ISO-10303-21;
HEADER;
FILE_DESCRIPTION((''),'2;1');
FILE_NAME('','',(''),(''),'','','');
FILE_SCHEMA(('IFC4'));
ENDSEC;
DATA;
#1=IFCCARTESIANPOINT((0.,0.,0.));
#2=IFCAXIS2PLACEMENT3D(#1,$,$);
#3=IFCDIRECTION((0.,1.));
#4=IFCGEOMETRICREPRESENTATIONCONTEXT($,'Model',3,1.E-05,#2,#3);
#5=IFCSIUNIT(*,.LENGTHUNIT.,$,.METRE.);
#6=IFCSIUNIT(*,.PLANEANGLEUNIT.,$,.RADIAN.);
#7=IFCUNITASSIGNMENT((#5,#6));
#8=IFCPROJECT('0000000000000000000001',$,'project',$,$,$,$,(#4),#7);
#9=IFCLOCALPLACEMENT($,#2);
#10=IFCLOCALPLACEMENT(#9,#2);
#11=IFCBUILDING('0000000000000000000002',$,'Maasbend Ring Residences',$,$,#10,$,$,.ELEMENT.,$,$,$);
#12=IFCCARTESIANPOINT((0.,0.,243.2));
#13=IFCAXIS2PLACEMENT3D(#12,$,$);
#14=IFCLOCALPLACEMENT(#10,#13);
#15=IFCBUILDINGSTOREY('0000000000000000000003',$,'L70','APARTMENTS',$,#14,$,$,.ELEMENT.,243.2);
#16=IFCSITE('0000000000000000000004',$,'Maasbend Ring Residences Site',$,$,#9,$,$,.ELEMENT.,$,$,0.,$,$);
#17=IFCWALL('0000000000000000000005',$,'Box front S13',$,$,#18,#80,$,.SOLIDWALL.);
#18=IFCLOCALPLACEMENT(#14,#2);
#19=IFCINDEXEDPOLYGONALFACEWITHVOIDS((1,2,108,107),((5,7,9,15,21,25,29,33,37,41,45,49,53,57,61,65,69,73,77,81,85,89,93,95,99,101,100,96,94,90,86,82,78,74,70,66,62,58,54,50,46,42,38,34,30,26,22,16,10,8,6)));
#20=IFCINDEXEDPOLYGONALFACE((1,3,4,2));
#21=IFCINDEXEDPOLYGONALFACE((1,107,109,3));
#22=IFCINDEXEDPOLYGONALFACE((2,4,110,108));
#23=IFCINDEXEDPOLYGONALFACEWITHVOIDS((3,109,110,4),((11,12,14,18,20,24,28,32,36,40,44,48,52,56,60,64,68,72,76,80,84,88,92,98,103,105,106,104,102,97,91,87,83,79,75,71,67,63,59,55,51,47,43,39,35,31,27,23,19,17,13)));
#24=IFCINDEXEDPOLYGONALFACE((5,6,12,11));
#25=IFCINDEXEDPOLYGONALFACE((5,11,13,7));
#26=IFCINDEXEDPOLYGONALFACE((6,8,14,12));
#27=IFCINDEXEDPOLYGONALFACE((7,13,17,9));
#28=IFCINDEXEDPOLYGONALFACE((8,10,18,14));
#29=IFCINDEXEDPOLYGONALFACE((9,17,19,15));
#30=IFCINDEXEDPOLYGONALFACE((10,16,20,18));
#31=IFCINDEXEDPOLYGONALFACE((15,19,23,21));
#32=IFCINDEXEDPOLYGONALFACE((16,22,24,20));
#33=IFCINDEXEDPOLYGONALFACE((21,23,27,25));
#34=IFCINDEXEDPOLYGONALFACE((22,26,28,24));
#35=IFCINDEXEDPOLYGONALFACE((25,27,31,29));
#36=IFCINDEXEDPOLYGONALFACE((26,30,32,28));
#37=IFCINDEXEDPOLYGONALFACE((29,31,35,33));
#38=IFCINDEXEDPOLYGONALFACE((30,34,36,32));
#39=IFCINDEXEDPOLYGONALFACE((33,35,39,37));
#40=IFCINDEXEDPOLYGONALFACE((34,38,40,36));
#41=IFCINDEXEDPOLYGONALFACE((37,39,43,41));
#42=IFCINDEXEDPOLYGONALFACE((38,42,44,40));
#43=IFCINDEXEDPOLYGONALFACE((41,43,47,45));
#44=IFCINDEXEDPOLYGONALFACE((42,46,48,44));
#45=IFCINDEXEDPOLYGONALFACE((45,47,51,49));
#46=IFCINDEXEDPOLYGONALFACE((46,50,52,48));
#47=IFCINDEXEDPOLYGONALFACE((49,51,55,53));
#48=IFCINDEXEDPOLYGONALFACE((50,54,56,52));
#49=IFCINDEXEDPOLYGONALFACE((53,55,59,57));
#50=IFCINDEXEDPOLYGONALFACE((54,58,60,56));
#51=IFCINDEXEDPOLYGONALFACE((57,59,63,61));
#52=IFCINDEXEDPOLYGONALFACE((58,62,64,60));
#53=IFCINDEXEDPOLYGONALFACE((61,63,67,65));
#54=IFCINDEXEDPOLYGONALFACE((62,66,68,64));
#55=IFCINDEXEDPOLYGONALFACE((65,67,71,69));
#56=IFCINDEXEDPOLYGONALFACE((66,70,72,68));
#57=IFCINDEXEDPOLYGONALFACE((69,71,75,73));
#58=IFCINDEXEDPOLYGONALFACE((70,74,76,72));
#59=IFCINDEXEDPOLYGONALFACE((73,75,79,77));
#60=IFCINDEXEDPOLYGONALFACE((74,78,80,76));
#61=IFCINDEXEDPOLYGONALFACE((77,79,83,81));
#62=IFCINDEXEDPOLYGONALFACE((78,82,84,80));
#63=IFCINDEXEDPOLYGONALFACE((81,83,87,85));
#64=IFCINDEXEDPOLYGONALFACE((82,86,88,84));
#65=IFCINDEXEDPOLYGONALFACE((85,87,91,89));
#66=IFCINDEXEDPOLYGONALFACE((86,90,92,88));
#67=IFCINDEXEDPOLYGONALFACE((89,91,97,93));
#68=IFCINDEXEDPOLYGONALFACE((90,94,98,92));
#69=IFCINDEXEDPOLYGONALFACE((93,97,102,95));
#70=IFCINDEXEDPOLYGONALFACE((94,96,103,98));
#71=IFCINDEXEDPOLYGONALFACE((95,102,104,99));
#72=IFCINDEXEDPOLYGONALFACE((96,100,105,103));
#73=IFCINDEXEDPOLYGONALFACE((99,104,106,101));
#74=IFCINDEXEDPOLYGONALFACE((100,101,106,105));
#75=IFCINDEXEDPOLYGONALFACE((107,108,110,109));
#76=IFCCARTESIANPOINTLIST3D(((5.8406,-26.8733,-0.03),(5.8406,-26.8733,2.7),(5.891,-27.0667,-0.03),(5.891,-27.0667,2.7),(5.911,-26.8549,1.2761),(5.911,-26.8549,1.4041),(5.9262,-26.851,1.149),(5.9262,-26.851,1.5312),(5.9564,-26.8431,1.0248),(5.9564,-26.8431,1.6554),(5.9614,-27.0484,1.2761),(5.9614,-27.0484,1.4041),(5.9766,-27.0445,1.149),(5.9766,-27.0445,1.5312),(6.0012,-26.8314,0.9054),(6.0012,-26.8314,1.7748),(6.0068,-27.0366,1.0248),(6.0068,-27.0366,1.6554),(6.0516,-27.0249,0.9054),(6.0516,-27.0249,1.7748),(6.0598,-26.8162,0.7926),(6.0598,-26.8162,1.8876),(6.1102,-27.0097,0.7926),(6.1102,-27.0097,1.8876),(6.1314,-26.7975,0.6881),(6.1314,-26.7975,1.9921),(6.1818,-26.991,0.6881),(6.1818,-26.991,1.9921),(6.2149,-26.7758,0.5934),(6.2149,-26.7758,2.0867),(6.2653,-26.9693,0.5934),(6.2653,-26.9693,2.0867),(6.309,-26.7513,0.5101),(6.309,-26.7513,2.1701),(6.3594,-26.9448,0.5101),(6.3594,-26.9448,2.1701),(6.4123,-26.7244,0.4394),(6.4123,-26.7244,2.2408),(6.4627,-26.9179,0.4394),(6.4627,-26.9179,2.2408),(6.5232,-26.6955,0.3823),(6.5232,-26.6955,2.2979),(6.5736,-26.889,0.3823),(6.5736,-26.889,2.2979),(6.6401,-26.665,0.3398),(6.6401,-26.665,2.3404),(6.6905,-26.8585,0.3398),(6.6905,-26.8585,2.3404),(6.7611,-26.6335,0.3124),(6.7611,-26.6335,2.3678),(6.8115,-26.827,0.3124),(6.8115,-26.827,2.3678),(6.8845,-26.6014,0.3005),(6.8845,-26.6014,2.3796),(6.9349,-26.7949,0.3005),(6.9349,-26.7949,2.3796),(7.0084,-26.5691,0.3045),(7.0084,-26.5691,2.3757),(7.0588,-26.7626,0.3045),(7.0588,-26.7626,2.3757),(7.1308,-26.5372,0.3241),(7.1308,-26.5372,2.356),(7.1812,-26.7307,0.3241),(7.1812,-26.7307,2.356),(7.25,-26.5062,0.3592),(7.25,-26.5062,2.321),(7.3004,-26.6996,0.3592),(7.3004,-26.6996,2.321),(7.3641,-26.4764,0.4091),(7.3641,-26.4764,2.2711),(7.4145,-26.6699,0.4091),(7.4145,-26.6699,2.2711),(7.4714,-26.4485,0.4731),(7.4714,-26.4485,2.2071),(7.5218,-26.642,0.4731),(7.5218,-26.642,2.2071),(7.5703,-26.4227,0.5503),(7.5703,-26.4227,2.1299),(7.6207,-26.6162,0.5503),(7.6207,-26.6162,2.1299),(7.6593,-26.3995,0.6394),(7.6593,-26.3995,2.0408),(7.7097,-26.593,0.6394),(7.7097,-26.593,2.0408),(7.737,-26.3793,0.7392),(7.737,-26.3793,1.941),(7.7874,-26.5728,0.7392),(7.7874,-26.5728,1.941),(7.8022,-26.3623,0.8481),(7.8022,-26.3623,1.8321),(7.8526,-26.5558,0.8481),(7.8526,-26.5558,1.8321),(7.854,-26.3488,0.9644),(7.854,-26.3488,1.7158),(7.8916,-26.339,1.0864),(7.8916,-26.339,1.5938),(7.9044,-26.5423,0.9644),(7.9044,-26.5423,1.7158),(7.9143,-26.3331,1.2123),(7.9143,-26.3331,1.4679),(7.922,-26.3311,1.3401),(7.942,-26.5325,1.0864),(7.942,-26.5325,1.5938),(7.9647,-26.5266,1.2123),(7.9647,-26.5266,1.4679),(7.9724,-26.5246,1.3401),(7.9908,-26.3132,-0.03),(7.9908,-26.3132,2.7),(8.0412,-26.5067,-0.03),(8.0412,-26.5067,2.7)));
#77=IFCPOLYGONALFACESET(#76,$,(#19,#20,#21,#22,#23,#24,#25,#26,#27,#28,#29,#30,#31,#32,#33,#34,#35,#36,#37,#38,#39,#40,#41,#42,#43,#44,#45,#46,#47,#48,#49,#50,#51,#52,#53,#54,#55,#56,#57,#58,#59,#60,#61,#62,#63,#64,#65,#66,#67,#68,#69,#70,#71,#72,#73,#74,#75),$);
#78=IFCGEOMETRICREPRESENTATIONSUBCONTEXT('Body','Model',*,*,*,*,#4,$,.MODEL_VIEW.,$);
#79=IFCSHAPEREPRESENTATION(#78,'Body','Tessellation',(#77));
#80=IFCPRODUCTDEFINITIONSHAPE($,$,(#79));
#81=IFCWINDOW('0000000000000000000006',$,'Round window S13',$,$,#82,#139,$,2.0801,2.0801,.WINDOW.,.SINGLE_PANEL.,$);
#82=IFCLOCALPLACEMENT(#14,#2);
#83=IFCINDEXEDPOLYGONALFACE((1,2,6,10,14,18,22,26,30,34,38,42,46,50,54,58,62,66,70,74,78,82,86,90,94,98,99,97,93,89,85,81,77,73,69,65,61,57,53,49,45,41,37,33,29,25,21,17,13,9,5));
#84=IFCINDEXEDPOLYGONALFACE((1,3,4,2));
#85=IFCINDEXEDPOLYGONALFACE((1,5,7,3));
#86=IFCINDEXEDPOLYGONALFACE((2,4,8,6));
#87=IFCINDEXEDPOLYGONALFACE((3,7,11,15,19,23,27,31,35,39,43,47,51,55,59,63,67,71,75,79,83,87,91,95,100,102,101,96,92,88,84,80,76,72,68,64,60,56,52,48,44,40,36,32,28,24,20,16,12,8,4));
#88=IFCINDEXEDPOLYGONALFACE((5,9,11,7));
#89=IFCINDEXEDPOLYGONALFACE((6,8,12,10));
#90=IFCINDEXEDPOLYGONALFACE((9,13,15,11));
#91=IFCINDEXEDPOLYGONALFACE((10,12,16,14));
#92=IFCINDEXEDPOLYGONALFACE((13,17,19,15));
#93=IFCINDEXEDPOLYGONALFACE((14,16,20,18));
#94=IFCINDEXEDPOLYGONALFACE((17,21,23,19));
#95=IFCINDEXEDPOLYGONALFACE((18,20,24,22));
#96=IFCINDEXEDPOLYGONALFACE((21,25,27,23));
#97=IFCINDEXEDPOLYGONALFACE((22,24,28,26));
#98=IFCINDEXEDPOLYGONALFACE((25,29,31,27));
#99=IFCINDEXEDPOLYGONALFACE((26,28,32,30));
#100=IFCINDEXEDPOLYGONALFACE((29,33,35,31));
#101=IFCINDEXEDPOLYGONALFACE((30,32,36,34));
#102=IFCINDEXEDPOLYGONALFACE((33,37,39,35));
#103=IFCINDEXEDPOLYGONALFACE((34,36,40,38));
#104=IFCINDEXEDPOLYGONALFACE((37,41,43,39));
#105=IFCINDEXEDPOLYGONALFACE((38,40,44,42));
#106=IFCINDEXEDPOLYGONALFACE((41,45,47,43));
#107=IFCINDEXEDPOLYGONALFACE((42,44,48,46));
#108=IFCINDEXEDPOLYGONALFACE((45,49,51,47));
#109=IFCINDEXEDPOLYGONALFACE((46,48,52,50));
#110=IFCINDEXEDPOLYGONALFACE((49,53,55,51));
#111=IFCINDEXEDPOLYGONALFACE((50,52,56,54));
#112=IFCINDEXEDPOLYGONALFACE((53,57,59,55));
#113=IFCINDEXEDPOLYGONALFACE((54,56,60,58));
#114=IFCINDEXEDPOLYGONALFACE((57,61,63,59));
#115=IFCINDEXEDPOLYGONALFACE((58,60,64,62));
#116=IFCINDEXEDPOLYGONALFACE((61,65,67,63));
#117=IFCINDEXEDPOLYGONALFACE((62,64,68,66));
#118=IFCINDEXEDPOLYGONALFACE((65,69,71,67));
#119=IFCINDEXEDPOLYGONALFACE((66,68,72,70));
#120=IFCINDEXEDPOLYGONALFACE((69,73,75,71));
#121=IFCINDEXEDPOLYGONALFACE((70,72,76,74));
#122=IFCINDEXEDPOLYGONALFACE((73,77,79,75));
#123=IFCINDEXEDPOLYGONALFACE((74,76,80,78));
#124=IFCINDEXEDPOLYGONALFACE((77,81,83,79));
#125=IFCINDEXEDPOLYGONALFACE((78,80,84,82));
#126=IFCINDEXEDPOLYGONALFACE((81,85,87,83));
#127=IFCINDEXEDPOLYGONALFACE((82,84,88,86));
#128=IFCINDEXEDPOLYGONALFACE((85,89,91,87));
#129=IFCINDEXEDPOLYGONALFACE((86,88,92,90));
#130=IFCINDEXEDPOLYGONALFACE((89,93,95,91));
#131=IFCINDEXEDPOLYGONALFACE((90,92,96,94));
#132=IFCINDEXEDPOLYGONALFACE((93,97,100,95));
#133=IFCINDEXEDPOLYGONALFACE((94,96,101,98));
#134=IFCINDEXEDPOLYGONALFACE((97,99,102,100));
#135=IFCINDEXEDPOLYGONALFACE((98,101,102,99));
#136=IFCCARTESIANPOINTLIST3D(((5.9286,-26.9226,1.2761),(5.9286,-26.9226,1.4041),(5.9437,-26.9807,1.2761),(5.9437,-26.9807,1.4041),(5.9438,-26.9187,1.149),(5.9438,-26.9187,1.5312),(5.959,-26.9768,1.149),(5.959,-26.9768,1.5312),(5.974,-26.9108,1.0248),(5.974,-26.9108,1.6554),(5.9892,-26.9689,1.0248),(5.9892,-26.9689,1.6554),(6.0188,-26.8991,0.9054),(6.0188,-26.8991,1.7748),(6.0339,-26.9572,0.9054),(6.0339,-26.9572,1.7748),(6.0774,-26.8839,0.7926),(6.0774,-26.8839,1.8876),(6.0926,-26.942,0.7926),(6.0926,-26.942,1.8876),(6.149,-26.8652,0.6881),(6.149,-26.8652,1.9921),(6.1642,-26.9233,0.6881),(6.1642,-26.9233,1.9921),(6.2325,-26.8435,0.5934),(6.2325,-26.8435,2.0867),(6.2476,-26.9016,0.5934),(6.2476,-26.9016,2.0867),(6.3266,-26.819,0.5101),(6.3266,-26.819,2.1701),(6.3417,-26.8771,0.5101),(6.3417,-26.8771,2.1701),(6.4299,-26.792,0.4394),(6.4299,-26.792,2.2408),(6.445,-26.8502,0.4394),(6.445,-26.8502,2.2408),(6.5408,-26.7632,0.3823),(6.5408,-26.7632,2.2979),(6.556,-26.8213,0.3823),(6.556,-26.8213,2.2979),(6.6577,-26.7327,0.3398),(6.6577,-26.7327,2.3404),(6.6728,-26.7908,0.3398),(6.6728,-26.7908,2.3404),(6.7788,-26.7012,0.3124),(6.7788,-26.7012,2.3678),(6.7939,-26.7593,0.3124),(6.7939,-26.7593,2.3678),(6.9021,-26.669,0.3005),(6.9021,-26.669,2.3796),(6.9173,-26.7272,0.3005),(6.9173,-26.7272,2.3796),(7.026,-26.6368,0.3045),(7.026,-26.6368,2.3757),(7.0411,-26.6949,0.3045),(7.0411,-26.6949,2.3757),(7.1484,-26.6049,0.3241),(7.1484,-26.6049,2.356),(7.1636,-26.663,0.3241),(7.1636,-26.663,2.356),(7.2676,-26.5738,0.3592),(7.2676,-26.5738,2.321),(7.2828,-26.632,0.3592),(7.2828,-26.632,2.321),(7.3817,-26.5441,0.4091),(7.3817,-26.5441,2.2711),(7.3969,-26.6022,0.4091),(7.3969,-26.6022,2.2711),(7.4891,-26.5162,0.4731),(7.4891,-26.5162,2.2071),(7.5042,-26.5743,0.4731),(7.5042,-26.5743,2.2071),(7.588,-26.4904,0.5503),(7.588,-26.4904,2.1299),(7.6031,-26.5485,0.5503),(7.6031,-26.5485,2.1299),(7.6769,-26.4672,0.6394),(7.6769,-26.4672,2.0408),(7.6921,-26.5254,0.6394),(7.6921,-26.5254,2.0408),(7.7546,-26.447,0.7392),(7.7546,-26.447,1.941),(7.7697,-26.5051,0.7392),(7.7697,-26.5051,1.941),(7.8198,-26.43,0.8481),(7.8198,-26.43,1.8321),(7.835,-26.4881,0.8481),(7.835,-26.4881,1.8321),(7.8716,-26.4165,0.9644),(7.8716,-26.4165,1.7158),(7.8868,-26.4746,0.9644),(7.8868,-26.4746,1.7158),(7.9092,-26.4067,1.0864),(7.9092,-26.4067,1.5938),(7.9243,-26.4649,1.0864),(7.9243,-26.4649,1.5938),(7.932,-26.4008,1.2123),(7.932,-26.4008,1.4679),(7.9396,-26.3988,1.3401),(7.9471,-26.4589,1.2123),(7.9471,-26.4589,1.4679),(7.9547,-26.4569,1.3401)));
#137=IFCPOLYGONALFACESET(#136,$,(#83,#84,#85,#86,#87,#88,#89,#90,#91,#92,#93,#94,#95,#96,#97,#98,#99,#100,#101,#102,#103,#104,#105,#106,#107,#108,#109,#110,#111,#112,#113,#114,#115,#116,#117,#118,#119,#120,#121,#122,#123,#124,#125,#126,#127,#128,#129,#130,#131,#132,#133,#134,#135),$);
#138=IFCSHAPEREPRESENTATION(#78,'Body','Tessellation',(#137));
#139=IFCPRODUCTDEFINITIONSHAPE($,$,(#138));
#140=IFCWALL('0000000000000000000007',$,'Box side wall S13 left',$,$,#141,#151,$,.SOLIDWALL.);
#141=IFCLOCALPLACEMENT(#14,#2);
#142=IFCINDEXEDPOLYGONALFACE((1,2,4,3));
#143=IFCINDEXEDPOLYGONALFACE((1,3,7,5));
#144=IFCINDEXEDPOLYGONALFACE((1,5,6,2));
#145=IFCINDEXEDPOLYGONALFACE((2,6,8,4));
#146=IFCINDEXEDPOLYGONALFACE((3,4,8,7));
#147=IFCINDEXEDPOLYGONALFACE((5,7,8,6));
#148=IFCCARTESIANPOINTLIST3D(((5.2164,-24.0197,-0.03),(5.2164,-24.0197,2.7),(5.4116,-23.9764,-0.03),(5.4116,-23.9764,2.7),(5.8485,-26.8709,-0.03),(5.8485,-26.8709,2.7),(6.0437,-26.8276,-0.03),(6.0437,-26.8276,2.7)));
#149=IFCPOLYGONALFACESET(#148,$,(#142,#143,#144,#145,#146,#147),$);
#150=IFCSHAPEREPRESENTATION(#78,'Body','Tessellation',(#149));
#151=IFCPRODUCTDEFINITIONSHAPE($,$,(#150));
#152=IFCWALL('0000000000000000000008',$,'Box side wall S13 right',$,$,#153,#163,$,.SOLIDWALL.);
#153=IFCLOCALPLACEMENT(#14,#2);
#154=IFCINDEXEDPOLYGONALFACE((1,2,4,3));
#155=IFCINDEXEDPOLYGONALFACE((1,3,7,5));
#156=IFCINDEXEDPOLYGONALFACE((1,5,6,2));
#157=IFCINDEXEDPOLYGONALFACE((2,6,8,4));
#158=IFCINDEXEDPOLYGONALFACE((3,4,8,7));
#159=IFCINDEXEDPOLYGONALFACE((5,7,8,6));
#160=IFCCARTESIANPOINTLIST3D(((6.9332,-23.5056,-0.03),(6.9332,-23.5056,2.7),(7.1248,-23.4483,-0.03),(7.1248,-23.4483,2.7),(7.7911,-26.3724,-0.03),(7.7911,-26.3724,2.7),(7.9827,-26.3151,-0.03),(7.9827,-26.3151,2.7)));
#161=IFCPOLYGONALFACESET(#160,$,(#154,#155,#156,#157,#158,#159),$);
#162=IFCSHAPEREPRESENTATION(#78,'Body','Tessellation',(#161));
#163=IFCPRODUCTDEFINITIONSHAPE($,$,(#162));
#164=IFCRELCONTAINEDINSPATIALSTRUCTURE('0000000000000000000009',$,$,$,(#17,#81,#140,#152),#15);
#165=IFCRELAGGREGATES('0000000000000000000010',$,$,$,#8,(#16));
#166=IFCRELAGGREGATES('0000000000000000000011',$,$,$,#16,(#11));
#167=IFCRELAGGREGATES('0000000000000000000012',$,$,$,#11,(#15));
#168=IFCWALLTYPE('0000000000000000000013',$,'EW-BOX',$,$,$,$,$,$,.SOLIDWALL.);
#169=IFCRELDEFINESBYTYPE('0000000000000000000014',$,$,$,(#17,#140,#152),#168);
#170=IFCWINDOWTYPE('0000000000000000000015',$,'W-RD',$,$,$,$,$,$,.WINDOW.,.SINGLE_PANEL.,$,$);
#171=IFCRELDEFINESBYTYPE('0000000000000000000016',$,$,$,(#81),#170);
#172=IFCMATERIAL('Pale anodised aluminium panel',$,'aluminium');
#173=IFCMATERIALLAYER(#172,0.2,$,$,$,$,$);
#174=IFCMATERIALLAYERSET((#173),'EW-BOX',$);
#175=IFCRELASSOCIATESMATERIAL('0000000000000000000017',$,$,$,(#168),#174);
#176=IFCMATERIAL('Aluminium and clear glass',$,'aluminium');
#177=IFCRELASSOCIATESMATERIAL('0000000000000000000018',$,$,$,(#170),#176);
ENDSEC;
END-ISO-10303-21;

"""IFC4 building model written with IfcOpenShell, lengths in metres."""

from ifc_helpers import new_model, si_unit, direction, frame, frame_2d, origin, place, context, subcontext, project, spatial, rectangle, circle, extrude, material, layer, layer_set, type_object, element, fill, save


model = new_model("IFC4")

# Units and contexts
model_context = context("Model", 3, precision=1e-05, world=origin(), true_north=direction((0.0, 1.0)))
body_context = subcontext(model_context, "Body", "Model", "MODEL_VIEW")
ifc_project = project(units=[si_unit("LENGTHUNIT", "METRE"), si_unit("PLANEANGLEUNIT", "RADIAN")], contexts=[model_context])

# Site, building, storey
site_placement = place(None, origin())
site = spatial("IfcSite", under=ifc_project, at=site_placement, Name="Maasbend Ring Residences Site", CompositionType="ELEMENT", RefElevation=0.0)
building_placement = place(site_placement, origin())
building = spatial("IfcBuilding", under=site, at=building_placement, Name="Maasbend Ring Residences", CompositionType="ELEMENT")
storey_placement = place(building_placement, frame((0.0, 0.0, 243.2)))
storey = spatial("IfcBuildingStorey", under=building, at=storey_placement, Name="L70", Description="APARTMENTS", CompositionType="ELEMENT", Elevation=243.2)

# Shared definitions
ifc_material_1 = material(Name="Pale anodised aluminium panel", Category="aluminium")
ifc_layer_1 = layer(ifc_material_1, 0.2)
ifc_layer_set_1 = layer_set([ifc_layer_1], Name="EW-BOX")
wall_type_1 = type_object("IfcWallType", Name="EW-BOX", PredefinedType="SOLIDWALL", material=ifc_layer_set_1)

# Wall, opening, window
wall_1_placement = place(storey_placement, frame((5.866, -26.97, -0.03), z_axis=(0.0, 0.0, 1.0), x_axis=(0.967711, 0.252064, 0.0)))
wall_1 = element("IfcWall", 1, at=wall_1_placement, inside=storey, type_object=wall_type_1, Name="Box front S13", PredefinedType="SOLIDWALL", context=body_context, shape_type="SweptSolid", body=[
    extrude(rectangle(XDim=2.2219, YDim=0.2, at=frame_2d((1.1108, 0.0))), origin(), (0.0, 0.0, 1.0), 2.73),
])
opening_1_placement = place(wall_1_placement, frame((0.0706, 0.0, 0.3301)))
opening_1 = element("IfcOpeningElement", 2, at=opening_1_placement, cuts=wall_1, PredefinedType="OPENING", context=body_context, shape_type="SweptSolid", body=[
    extrude(circle(Radius=1.04, at=frame_2d((1.04, 1.04))), frame((0.0, 0.1099, 0.0), z_axis=(0.0, -1.0, 0.0), x_axis=(1.0, 0.0, 0.0)), (0.0, 0.0, 1.0), 0.22),
])
ifc_material_2 = material(Name="Aluminium and clear glass", Category="aluminium")
window_type_1 = type_object("IfcWindowType", Name="W-RD", PartitioningType="SINGLE_PANEL", PredefinedType="WINDOW", material=ifc_material_2)
window_1_placement = place(opening_1_placement, origin())
window_1 = element("IfcWindow", 3, at=window_1_placement, inside=storey, type_object=window_type_1, Name="Round window S13", OverallHeight=2.0801, OverallWidth=2.0801, PartitioningType="SINGLE_PANEL", PredefinedType="WINDOW", context=body_context, shape_type="SweptSolid", body=[
    extrude(circle(Radius=1.04, at=frame_2d((1.04, 1.04))), frame((0.0, 0.03, 0.0), z_axis=(0.0, -1.0, 0.0), x_axis=(1.0, 0.0, 0.0)), (0.0, 0.0, 1.0), 0.0601),
])
fill(opening_1, window_1)

# Walls
wall_2_placement = place(storey_placement, frame((5.314, -23.998, -0.03), z_axis=(0.0, 0.0, 1.0), x_axis=(0.216444, -0.976295, 0.0)))
element("IfcWall", 4, at=wall_2_placement, inside=storey, type_object=wall_type_1, Name="Box side wall S13 left", PredefinedType="SOLIDWALL", context=body_context, shape_type="SweptSolid", body=[
    extrude(rectangle(XDim=2.9204, YDim=0.2, at=frame_2d((1.4602, 0.0))), origin(), (0.0, 0.0, 1.0), 2.73),
])
wall_3_placement = place(storey_placement, frame((7.0291, -23.4771, -0.03), z_axis=(0.0, 0.0, 1.0), x_axis=(0.286682, -0.958026, 0.0)))
element("IfcWall", 5, at=wall_3_placement, inside=storey, type_object=wall_type_1, Name="Box side wall S13 right", PredefinedType="SOLIDWALL", context=body_context, shape_type="SweptSolid", body=[
    extrude(rectangle(XDim=2.9924, YDim=0.2, at=frame_2d((1.4961, 0.0))), origin(), (0.0, 0.0, 1.0), 2.73),
])

save(model, "model.ifc")
